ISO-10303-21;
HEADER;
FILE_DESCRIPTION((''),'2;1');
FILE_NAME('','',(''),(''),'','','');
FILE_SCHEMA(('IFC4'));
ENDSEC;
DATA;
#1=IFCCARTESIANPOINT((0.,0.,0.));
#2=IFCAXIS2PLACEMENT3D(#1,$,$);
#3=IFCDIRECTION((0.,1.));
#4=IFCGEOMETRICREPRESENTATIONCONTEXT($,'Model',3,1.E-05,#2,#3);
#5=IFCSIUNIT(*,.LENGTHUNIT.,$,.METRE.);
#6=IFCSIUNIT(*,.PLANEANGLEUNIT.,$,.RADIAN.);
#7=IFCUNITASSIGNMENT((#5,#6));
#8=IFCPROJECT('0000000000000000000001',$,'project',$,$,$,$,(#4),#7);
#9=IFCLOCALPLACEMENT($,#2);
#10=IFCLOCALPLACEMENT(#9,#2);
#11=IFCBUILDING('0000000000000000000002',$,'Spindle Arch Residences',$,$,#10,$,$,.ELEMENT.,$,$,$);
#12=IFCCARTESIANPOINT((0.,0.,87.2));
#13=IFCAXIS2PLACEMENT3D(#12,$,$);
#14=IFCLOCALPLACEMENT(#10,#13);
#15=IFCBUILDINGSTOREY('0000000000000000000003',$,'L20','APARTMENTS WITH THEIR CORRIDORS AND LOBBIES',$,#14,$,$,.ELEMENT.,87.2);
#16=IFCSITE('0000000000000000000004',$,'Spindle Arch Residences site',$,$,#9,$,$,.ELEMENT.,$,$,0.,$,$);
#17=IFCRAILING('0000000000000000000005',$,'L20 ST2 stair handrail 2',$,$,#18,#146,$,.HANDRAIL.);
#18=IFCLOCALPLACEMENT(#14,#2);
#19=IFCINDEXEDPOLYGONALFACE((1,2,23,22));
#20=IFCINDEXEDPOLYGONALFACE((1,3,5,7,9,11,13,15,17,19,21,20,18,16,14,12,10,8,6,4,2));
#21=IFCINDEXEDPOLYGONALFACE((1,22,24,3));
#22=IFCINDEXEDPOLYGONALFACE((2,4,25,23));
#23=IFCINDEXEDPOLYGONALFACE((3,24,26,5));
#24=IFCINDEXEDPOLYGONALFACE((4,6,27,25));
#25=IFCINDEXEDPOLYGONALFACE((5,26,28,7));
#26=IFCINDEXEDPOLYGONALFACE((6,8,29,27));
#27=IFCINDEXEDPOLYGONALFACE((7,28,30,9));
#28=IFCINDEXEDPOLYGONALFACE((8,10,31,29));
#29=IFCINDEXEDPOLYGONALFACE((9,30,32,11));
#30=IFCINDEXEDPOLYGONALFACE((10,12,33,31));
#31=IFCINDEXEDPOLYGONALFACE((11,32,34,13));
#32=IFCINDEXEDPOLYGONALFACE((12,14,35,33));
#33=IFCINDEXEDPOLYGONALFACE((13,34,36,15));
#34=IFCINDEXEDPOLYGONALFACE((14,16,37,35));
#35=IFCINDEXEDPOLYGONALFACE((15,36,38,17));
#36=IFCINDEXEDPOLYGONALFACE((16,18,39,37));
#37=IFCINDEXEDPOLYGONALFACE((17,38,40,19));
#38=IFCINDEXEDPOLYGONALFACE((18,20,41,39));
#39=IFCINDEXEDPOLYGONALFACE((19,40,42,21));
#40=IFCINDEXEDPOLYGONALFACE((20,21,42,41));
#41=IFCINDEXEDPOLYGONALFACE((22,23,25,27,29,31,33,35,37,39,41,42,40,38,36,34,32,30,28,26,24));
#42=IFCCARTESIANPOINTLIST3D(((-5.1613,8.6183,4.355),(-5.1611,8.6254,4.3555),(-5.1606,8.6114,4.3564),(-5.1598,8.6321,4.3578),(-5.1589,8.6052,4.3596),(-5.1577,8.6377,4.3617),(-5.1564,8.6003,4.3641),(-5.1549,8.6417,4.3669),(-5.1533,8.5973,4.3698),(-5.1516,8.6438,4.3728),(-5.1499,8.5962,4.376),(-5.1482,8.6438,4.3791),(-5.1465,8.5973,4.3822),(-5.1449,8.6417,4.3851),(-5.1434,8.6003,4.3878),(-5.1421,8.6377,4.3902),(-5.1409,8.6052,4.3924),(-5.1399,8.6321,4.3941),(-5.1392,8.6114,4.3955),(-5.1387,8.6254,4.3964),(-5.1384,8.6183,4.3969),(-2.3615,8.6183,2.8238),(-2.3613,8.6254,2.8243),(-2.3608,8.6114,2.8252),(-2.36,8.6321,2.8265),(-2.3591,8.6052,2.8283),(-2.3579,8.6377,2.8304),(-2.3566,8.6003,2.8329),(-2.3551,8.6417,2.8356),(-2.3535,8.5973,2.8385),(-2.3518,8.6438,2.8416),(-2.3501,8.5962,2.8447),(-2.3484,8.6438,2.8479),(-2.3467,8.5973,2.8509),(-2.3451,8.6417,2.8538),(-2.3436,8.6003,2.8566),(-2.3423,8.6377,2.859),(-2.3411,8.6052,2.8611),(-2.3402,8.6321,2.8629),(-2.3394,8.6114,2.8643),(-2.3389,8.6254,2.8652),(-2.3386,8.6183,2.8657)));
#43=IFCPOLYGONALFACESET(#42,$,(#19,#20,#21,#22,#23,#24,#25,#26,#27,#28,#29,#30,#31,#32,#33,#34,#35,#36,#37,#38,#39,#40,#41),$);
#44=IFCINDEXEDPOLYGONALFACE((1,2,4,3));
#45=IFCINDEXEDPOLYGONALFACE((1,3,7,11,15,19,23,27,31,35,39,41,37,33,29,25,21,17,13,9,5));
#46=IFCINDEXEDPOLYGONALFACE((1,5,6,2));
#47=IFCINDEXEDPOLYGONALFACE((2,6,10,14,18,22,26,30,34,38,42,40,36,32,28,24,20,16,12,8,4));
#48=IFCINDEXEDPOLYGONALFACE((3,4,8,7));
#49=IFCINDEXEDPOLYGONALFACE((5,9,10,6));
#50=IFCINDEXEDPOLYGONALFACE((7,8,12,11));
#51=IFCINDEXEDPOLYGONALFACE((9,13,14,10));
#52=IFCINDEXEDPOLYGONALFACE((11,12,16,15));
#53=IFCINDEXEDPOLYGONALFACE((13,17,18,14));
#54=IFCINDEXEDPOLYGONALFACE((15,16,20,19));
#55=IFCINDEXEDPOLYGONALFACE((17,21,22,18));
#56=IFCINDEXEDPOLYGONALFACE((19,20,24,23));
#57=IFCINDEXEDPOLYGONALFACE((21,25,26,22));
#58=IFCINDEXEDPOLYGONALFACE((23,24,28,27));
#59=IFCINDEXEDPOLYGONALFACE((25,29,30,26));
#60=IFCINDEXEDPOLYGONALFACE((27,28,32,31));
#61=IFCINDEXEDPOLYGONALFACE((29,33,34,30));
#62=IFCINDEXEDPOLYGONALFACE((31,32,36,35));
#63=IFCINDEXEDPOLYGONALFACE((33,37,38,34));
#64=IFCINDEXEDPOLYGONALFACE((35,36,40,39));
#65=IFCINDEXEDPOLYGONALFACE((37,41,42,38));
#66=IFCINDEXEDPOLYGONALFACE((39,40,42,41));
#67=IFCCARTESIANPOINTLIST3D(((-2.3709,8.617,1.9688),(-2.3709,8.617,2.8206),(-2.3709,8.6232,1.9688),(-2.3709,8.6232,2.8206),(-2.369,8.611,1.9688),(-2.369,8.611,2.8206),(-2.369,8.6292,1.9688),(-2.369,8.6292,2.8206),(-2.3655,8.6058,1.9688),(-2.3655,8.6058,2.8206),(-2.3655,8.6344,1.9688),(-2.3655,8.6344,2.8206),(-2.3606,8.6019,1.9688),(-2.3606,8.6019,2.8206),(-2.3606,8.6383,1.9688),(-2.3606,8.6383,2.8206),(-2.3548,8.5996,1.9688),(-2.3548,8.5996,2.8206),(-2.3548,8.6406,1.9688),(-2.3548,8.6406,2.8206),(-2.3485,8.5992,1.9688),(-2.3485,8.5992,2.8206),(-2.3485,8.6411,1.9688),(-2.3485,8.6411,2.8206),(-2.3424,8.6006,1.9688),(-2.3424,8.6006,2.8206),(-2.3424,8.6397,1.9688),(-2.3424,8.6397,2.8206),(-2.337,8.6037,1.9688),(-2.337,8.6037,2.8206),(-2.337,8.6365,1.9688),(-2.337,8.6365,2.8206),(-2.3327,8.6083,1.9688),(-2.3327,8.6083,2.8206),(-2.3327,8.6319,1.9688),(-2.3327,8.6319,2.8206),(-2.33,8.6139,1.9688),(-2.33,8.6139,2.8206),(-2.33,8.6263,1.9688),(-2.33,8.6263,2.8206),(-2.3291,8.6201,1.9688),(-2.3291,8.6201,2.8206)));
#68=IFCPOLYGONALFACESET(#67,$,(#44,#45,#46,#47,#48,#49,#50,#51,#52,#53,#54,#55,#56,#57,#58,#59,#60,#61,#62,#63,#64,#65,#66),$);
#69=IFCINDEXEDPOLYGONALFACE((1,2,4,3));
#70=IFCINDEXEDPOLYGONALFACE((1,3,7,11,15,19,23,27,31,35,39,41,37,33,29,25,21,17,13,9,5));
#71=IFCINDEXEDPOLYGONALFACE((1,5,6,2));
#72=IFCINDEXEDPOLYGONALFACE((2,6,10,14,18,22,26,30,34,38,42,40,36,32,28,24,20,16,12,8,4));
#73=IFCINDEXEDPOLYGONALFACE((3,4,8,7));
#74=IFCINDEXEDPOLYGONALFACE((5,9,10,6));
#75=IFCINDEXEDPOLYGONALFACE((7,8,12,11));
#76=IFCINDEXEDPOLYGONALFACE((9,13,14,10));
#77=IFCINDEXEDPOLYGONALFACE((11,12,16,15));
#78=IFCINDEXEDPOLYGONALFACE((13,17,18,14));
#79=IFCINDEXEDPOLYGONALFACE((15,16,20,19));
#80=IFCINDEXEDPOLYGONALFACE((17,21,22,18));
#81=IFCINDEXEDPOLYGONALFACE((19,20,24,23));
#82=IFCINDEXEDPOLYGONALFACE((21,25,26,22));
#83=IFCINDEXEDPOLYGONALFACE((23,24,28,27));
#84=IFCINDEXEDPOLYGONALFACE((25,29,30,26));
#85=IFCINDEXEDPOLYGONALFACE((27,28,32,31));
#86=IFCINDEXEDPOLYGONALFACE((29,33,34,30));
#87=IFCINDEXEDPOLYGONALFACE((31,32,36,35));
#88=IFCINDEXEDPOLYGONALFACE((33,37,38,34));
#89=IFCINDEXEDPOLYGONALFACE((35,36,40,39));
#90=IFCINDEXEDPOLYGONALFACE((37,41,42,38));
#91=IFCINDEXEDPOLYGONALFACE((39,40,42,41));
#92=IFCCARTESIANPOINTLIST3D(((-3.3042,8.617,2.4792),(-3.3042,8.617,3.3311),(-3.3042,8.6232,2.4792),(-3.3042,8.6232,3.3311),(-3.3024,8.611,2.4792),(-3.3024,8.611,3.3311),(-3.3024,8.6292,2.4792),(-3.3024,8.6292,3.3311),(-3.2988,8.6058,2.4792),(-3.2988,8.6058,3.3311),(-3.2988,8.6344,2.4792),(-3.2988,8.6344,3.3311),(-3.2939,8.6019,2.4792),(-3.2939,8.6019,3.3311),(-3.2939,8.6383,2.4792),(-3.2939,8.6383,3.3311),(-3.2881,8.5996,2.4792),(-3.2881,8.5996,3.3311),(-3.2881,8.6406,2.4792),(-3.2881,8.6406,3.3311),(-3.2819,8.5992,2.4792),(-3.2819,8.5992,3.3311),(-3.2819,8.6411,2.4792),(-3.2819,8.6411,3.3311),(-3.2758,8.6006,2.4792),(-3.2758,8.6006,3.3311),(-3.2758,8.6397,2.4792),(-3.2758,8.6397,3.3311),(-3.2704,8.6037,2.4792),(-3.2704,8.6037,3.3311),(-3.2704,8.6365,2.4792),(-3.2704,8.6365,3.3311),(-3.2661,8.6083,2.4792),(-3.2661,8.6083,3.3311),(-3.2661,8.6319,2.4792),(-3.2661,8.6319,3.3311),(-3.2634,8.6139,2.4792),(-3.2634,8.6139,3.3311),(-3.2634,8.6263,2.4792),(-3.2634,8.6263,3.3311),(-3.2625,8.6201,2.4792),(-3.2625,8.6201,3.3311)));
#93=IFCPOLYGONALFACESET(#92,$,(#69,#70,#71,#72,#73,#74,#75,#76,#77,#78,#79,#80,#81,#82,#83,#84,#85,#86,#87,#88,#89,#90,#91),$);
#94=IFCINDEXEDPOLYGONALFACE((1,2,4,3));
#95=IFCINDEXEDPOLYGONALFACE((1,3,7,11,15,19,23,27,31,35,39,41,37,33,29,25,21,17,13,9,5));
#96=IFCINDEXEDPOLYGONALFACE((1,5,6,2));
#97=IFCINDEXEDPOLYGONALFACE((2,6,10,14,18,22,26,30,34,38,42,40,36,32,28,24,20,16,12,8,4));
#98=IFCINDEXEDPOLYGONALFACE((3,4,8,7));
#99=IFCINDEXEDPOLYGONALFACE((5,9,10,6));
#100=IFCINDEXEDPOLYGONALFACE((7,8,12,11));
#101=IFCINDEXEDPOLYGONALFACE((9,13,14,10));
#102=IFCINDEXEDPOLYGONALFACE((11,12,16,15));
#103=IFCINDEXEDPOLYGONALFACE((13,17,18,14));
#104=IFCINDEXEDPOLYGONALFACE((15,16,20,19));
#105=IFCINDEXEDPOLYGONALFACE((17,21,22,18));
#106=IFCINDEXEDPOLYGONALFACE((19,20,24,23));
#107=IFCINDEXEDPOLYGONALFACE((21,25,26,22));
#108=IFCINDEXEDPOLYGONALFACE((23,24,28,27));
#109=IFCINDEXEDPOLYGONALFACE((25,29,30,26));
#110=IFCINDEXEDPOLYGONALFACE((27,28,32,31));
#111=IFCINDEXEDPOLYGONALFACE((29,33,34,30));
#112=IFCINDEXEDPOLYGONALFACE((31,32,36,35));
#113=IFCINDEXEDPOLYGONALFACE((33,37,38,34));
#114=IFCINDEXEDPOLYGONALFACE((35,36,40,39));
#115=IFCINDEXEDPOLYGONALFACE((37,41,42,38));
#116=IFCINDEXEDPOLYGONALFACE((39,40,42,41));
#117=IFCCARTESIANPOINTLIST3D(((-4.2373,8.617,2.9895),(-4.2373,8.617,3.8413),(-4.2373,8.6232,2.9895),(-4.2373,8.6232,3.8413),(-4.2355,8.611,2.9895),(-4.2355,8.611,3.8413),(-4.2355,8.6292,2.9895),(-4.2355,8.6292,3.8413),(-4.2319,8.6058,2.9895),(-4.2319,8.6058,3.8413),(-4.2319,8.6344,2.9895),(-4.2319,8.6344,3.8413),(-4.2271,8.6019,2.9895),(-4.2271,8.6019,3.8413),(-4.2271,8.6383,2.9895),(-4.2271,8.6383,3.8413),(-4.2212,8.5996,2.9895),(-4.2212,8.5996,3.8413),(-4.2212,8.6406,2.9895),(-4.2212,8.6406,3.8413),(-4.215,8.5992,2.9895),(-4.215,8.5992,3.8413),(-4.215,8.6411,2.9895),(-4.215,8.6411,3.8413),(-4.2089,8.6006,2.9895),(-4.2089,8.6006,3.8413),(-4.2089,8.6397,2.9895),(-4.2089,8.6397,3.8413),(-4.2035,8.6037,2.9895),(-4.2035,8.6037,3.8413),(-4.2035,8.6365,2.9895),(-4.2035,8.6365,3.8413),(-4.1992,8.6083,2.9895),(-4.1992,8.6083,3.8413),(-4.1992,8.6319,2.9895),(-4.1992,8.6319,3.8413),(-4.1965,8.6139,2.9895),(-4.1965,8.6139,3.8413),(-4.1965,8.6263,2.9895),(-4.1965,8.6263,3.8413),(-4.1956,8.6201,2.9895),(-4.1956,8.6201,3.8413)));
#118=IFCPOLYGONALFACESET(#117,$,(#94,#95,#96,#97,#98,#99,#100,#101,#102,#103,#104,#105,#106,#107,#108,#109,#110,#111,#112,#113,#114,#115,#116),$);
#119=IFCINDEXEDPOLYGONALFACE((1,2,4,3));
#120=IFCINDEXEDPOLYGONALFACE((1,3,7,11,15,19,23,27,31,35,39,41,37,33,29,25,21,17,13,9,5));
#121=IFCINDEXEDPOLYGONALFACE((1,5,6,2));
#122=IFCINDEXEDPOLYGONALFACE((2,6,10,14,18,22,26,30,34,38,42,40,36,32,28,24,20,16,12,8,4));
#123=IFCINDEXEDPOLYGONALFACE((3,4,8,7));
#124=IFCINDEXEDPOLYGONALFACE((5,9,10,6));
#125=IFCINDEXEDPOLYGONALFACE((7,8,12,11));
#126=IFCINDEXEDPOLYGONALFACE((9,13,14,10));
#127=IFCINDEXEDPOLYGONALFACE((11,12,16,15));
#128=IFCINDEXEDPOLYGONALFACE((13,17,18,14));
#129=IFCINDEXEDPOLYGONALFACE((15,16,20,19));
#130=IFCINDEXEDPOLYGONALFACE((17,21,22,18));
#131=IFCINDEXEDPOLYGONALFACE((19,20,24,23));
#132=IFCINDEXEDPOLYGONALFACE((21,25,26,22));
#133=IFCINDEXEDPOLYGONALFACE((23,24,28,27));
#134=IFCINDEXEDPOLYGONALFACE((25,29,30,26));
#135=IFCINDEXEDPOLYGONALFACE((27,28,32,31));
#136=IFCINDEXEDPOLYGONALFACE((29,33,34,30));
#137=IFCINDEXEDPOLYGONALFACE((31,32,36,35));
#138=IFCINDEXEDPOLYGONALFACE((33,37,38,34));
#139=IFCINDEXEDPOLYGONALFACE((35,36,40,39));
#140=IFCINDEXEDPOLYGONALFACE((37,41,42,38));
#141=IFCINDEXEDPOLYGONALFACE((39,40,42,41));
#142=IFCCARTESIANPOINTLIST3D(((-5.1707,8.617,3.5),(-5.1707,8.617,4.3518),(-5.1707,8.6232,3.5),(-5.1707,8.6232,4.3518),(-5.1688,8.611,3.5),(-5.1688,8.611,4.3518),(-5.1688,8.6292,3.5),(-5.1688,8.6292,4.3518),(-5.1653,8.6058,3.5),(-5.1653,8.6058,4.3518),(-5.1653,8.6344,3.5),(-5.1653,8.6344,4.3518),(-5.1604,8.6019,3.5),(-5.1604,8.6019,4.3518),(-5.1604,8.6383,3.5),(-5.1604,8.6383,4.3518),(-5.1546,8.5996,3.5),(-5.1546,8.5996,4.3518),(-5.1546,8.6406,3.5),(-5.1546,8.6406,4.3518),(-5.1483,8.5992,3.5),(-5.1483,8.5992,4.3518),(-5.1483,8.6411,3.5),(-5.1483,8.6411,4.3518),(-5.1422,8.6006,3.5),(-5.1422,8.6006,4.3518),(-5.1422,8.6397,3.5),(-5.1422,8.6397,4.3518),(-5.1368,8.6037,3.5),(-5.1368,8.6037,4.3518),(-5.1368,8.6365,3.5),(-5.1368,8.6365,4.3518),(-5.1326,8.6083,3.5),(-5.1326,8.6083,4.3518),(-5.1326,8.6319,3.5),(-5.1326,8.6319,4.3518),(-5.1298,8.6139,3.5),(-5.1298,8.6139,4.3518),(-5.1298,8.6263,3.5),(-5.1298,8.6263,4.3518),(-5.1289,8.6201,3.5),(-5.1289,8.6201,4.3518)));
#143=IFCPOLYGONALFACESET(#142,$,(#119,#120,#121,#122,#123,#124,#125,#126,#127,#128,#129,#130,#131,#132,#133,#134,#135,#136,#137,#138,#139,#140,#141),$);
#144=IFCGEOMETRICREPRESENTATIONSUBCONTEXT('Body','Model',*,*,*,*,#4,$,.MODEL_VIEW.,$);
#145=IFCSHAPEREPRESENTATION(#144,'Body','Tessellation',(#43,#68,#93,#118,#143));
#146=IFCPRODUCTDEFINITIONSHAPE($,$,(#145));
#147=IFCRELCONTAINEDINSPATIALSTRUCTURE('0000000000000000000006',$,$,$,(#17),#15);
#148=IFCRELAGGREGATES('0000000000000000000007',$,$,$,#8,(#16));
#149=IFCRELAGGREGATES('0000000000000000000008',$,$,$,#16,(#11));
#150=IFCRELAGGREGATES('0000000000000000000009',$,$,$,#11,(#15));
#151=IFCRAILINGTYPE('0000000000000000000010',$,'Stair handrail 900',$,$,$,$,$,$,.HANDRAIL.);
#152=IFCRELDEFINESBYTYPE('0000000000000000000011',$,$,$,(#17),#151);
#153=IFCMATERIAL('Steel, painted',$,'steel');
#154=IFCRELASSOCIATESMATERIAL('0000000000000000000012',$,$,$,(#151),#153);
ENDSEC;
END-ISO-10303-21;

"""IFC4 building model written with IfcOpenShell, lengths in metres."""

from ifc_helpers import new_model, si_unit, direction, frame, origin, origin_2d, place, context, subcontext, project, spatial, circle, extrude, material, type_object, element, save


model = new_model("IFC4")

# Units and contexts
model_context = context("Model", 3, precision=1e-05, world=origin(), true_north=direction((0.0, 1.0)))
body_context = subcontext(model_context, "Body", "Model", "MODEL_VIEW")
ifc_project = project(units=[si_unit("LENGTHUNIT", "METRE"), si_unit("PLANEANGLEUNIT", "RADIAN")], contexts=[model_context])

# Site, building, storey
site_placement = place(None, origin())
site = spatial("IfcSite", under=ifc_project, at=site_placement, Name="Spindle Arch Residences site", CompositionType="ELEMENT", RefElevation=0.0)
building_placement = place(site_placement, origin())
building = spatial("IfcBuilding", under=site, at=building_placement, Name="Spindle Arch Residences", CompositionType="ELEMENT")
storey_placement = place(building_placement, frame((0.0, 0.0, 87.2)))
storey = spatial("IfcBuildingStorey", under=building, at=storey_placement, Name="L20", Description="APARTMENTS WITH THEIR CORRIDORS AND LOBBIES", CompositionType="ELEMENT", Elevation=87.2)

# Railing
ifc_material_1 = material(Name="Steel, painted", Category="steel")
railing_type = type_object("IfcRailingType", Name="Stair handrail 900", PredefinedType="HANDRAIL", material=ifc_material_1)
railing_placement = place(storey_placement, frame((-2.3501, 8.6201, 1.9688)))
element("IfcRailing", 1, at=railing_placement, inside=storey, type_object=railing_type, Name="L20 ST2 stair handrail 2", PredefinedType="HANDRAIL", context=body_context, shape_type="SweptSolid", body=[
    extrude(circle(Radius=0.0239, at=origin_2d()), frame((0.0, 0.0, 0.876), z_axis=(-0.877357, 0.0, 0.479838), x_axis=(0.0, -1.0, 0.0)), (0.0, 0.0, 1.0), 3.1912),
    extrude(circle(Radius=0.021, at=origin_2d()), origin(), (0.0, 0.0, 1.0), 0.8518),
    extrude(circle(Radius=0.021, at=origin_2d()), frame((-0.9333, 0.0, 0.5105)), (0.0, 0.0, 1.0), 0.8518),
    extrude(circle(Radius=0.021, at=origin_2d()), frame((-1.8665, 0.0, 1.0208)), (0.0, 0.0, 1.0), 0.8518),
    extrude(circle(Radius=0.021, at=origin_2d()), frame((-2.7998, 0.0, 1.5312)), (0.0, 0.0, 1.0), 0.8518),
])

save(model, "model.ifc")
